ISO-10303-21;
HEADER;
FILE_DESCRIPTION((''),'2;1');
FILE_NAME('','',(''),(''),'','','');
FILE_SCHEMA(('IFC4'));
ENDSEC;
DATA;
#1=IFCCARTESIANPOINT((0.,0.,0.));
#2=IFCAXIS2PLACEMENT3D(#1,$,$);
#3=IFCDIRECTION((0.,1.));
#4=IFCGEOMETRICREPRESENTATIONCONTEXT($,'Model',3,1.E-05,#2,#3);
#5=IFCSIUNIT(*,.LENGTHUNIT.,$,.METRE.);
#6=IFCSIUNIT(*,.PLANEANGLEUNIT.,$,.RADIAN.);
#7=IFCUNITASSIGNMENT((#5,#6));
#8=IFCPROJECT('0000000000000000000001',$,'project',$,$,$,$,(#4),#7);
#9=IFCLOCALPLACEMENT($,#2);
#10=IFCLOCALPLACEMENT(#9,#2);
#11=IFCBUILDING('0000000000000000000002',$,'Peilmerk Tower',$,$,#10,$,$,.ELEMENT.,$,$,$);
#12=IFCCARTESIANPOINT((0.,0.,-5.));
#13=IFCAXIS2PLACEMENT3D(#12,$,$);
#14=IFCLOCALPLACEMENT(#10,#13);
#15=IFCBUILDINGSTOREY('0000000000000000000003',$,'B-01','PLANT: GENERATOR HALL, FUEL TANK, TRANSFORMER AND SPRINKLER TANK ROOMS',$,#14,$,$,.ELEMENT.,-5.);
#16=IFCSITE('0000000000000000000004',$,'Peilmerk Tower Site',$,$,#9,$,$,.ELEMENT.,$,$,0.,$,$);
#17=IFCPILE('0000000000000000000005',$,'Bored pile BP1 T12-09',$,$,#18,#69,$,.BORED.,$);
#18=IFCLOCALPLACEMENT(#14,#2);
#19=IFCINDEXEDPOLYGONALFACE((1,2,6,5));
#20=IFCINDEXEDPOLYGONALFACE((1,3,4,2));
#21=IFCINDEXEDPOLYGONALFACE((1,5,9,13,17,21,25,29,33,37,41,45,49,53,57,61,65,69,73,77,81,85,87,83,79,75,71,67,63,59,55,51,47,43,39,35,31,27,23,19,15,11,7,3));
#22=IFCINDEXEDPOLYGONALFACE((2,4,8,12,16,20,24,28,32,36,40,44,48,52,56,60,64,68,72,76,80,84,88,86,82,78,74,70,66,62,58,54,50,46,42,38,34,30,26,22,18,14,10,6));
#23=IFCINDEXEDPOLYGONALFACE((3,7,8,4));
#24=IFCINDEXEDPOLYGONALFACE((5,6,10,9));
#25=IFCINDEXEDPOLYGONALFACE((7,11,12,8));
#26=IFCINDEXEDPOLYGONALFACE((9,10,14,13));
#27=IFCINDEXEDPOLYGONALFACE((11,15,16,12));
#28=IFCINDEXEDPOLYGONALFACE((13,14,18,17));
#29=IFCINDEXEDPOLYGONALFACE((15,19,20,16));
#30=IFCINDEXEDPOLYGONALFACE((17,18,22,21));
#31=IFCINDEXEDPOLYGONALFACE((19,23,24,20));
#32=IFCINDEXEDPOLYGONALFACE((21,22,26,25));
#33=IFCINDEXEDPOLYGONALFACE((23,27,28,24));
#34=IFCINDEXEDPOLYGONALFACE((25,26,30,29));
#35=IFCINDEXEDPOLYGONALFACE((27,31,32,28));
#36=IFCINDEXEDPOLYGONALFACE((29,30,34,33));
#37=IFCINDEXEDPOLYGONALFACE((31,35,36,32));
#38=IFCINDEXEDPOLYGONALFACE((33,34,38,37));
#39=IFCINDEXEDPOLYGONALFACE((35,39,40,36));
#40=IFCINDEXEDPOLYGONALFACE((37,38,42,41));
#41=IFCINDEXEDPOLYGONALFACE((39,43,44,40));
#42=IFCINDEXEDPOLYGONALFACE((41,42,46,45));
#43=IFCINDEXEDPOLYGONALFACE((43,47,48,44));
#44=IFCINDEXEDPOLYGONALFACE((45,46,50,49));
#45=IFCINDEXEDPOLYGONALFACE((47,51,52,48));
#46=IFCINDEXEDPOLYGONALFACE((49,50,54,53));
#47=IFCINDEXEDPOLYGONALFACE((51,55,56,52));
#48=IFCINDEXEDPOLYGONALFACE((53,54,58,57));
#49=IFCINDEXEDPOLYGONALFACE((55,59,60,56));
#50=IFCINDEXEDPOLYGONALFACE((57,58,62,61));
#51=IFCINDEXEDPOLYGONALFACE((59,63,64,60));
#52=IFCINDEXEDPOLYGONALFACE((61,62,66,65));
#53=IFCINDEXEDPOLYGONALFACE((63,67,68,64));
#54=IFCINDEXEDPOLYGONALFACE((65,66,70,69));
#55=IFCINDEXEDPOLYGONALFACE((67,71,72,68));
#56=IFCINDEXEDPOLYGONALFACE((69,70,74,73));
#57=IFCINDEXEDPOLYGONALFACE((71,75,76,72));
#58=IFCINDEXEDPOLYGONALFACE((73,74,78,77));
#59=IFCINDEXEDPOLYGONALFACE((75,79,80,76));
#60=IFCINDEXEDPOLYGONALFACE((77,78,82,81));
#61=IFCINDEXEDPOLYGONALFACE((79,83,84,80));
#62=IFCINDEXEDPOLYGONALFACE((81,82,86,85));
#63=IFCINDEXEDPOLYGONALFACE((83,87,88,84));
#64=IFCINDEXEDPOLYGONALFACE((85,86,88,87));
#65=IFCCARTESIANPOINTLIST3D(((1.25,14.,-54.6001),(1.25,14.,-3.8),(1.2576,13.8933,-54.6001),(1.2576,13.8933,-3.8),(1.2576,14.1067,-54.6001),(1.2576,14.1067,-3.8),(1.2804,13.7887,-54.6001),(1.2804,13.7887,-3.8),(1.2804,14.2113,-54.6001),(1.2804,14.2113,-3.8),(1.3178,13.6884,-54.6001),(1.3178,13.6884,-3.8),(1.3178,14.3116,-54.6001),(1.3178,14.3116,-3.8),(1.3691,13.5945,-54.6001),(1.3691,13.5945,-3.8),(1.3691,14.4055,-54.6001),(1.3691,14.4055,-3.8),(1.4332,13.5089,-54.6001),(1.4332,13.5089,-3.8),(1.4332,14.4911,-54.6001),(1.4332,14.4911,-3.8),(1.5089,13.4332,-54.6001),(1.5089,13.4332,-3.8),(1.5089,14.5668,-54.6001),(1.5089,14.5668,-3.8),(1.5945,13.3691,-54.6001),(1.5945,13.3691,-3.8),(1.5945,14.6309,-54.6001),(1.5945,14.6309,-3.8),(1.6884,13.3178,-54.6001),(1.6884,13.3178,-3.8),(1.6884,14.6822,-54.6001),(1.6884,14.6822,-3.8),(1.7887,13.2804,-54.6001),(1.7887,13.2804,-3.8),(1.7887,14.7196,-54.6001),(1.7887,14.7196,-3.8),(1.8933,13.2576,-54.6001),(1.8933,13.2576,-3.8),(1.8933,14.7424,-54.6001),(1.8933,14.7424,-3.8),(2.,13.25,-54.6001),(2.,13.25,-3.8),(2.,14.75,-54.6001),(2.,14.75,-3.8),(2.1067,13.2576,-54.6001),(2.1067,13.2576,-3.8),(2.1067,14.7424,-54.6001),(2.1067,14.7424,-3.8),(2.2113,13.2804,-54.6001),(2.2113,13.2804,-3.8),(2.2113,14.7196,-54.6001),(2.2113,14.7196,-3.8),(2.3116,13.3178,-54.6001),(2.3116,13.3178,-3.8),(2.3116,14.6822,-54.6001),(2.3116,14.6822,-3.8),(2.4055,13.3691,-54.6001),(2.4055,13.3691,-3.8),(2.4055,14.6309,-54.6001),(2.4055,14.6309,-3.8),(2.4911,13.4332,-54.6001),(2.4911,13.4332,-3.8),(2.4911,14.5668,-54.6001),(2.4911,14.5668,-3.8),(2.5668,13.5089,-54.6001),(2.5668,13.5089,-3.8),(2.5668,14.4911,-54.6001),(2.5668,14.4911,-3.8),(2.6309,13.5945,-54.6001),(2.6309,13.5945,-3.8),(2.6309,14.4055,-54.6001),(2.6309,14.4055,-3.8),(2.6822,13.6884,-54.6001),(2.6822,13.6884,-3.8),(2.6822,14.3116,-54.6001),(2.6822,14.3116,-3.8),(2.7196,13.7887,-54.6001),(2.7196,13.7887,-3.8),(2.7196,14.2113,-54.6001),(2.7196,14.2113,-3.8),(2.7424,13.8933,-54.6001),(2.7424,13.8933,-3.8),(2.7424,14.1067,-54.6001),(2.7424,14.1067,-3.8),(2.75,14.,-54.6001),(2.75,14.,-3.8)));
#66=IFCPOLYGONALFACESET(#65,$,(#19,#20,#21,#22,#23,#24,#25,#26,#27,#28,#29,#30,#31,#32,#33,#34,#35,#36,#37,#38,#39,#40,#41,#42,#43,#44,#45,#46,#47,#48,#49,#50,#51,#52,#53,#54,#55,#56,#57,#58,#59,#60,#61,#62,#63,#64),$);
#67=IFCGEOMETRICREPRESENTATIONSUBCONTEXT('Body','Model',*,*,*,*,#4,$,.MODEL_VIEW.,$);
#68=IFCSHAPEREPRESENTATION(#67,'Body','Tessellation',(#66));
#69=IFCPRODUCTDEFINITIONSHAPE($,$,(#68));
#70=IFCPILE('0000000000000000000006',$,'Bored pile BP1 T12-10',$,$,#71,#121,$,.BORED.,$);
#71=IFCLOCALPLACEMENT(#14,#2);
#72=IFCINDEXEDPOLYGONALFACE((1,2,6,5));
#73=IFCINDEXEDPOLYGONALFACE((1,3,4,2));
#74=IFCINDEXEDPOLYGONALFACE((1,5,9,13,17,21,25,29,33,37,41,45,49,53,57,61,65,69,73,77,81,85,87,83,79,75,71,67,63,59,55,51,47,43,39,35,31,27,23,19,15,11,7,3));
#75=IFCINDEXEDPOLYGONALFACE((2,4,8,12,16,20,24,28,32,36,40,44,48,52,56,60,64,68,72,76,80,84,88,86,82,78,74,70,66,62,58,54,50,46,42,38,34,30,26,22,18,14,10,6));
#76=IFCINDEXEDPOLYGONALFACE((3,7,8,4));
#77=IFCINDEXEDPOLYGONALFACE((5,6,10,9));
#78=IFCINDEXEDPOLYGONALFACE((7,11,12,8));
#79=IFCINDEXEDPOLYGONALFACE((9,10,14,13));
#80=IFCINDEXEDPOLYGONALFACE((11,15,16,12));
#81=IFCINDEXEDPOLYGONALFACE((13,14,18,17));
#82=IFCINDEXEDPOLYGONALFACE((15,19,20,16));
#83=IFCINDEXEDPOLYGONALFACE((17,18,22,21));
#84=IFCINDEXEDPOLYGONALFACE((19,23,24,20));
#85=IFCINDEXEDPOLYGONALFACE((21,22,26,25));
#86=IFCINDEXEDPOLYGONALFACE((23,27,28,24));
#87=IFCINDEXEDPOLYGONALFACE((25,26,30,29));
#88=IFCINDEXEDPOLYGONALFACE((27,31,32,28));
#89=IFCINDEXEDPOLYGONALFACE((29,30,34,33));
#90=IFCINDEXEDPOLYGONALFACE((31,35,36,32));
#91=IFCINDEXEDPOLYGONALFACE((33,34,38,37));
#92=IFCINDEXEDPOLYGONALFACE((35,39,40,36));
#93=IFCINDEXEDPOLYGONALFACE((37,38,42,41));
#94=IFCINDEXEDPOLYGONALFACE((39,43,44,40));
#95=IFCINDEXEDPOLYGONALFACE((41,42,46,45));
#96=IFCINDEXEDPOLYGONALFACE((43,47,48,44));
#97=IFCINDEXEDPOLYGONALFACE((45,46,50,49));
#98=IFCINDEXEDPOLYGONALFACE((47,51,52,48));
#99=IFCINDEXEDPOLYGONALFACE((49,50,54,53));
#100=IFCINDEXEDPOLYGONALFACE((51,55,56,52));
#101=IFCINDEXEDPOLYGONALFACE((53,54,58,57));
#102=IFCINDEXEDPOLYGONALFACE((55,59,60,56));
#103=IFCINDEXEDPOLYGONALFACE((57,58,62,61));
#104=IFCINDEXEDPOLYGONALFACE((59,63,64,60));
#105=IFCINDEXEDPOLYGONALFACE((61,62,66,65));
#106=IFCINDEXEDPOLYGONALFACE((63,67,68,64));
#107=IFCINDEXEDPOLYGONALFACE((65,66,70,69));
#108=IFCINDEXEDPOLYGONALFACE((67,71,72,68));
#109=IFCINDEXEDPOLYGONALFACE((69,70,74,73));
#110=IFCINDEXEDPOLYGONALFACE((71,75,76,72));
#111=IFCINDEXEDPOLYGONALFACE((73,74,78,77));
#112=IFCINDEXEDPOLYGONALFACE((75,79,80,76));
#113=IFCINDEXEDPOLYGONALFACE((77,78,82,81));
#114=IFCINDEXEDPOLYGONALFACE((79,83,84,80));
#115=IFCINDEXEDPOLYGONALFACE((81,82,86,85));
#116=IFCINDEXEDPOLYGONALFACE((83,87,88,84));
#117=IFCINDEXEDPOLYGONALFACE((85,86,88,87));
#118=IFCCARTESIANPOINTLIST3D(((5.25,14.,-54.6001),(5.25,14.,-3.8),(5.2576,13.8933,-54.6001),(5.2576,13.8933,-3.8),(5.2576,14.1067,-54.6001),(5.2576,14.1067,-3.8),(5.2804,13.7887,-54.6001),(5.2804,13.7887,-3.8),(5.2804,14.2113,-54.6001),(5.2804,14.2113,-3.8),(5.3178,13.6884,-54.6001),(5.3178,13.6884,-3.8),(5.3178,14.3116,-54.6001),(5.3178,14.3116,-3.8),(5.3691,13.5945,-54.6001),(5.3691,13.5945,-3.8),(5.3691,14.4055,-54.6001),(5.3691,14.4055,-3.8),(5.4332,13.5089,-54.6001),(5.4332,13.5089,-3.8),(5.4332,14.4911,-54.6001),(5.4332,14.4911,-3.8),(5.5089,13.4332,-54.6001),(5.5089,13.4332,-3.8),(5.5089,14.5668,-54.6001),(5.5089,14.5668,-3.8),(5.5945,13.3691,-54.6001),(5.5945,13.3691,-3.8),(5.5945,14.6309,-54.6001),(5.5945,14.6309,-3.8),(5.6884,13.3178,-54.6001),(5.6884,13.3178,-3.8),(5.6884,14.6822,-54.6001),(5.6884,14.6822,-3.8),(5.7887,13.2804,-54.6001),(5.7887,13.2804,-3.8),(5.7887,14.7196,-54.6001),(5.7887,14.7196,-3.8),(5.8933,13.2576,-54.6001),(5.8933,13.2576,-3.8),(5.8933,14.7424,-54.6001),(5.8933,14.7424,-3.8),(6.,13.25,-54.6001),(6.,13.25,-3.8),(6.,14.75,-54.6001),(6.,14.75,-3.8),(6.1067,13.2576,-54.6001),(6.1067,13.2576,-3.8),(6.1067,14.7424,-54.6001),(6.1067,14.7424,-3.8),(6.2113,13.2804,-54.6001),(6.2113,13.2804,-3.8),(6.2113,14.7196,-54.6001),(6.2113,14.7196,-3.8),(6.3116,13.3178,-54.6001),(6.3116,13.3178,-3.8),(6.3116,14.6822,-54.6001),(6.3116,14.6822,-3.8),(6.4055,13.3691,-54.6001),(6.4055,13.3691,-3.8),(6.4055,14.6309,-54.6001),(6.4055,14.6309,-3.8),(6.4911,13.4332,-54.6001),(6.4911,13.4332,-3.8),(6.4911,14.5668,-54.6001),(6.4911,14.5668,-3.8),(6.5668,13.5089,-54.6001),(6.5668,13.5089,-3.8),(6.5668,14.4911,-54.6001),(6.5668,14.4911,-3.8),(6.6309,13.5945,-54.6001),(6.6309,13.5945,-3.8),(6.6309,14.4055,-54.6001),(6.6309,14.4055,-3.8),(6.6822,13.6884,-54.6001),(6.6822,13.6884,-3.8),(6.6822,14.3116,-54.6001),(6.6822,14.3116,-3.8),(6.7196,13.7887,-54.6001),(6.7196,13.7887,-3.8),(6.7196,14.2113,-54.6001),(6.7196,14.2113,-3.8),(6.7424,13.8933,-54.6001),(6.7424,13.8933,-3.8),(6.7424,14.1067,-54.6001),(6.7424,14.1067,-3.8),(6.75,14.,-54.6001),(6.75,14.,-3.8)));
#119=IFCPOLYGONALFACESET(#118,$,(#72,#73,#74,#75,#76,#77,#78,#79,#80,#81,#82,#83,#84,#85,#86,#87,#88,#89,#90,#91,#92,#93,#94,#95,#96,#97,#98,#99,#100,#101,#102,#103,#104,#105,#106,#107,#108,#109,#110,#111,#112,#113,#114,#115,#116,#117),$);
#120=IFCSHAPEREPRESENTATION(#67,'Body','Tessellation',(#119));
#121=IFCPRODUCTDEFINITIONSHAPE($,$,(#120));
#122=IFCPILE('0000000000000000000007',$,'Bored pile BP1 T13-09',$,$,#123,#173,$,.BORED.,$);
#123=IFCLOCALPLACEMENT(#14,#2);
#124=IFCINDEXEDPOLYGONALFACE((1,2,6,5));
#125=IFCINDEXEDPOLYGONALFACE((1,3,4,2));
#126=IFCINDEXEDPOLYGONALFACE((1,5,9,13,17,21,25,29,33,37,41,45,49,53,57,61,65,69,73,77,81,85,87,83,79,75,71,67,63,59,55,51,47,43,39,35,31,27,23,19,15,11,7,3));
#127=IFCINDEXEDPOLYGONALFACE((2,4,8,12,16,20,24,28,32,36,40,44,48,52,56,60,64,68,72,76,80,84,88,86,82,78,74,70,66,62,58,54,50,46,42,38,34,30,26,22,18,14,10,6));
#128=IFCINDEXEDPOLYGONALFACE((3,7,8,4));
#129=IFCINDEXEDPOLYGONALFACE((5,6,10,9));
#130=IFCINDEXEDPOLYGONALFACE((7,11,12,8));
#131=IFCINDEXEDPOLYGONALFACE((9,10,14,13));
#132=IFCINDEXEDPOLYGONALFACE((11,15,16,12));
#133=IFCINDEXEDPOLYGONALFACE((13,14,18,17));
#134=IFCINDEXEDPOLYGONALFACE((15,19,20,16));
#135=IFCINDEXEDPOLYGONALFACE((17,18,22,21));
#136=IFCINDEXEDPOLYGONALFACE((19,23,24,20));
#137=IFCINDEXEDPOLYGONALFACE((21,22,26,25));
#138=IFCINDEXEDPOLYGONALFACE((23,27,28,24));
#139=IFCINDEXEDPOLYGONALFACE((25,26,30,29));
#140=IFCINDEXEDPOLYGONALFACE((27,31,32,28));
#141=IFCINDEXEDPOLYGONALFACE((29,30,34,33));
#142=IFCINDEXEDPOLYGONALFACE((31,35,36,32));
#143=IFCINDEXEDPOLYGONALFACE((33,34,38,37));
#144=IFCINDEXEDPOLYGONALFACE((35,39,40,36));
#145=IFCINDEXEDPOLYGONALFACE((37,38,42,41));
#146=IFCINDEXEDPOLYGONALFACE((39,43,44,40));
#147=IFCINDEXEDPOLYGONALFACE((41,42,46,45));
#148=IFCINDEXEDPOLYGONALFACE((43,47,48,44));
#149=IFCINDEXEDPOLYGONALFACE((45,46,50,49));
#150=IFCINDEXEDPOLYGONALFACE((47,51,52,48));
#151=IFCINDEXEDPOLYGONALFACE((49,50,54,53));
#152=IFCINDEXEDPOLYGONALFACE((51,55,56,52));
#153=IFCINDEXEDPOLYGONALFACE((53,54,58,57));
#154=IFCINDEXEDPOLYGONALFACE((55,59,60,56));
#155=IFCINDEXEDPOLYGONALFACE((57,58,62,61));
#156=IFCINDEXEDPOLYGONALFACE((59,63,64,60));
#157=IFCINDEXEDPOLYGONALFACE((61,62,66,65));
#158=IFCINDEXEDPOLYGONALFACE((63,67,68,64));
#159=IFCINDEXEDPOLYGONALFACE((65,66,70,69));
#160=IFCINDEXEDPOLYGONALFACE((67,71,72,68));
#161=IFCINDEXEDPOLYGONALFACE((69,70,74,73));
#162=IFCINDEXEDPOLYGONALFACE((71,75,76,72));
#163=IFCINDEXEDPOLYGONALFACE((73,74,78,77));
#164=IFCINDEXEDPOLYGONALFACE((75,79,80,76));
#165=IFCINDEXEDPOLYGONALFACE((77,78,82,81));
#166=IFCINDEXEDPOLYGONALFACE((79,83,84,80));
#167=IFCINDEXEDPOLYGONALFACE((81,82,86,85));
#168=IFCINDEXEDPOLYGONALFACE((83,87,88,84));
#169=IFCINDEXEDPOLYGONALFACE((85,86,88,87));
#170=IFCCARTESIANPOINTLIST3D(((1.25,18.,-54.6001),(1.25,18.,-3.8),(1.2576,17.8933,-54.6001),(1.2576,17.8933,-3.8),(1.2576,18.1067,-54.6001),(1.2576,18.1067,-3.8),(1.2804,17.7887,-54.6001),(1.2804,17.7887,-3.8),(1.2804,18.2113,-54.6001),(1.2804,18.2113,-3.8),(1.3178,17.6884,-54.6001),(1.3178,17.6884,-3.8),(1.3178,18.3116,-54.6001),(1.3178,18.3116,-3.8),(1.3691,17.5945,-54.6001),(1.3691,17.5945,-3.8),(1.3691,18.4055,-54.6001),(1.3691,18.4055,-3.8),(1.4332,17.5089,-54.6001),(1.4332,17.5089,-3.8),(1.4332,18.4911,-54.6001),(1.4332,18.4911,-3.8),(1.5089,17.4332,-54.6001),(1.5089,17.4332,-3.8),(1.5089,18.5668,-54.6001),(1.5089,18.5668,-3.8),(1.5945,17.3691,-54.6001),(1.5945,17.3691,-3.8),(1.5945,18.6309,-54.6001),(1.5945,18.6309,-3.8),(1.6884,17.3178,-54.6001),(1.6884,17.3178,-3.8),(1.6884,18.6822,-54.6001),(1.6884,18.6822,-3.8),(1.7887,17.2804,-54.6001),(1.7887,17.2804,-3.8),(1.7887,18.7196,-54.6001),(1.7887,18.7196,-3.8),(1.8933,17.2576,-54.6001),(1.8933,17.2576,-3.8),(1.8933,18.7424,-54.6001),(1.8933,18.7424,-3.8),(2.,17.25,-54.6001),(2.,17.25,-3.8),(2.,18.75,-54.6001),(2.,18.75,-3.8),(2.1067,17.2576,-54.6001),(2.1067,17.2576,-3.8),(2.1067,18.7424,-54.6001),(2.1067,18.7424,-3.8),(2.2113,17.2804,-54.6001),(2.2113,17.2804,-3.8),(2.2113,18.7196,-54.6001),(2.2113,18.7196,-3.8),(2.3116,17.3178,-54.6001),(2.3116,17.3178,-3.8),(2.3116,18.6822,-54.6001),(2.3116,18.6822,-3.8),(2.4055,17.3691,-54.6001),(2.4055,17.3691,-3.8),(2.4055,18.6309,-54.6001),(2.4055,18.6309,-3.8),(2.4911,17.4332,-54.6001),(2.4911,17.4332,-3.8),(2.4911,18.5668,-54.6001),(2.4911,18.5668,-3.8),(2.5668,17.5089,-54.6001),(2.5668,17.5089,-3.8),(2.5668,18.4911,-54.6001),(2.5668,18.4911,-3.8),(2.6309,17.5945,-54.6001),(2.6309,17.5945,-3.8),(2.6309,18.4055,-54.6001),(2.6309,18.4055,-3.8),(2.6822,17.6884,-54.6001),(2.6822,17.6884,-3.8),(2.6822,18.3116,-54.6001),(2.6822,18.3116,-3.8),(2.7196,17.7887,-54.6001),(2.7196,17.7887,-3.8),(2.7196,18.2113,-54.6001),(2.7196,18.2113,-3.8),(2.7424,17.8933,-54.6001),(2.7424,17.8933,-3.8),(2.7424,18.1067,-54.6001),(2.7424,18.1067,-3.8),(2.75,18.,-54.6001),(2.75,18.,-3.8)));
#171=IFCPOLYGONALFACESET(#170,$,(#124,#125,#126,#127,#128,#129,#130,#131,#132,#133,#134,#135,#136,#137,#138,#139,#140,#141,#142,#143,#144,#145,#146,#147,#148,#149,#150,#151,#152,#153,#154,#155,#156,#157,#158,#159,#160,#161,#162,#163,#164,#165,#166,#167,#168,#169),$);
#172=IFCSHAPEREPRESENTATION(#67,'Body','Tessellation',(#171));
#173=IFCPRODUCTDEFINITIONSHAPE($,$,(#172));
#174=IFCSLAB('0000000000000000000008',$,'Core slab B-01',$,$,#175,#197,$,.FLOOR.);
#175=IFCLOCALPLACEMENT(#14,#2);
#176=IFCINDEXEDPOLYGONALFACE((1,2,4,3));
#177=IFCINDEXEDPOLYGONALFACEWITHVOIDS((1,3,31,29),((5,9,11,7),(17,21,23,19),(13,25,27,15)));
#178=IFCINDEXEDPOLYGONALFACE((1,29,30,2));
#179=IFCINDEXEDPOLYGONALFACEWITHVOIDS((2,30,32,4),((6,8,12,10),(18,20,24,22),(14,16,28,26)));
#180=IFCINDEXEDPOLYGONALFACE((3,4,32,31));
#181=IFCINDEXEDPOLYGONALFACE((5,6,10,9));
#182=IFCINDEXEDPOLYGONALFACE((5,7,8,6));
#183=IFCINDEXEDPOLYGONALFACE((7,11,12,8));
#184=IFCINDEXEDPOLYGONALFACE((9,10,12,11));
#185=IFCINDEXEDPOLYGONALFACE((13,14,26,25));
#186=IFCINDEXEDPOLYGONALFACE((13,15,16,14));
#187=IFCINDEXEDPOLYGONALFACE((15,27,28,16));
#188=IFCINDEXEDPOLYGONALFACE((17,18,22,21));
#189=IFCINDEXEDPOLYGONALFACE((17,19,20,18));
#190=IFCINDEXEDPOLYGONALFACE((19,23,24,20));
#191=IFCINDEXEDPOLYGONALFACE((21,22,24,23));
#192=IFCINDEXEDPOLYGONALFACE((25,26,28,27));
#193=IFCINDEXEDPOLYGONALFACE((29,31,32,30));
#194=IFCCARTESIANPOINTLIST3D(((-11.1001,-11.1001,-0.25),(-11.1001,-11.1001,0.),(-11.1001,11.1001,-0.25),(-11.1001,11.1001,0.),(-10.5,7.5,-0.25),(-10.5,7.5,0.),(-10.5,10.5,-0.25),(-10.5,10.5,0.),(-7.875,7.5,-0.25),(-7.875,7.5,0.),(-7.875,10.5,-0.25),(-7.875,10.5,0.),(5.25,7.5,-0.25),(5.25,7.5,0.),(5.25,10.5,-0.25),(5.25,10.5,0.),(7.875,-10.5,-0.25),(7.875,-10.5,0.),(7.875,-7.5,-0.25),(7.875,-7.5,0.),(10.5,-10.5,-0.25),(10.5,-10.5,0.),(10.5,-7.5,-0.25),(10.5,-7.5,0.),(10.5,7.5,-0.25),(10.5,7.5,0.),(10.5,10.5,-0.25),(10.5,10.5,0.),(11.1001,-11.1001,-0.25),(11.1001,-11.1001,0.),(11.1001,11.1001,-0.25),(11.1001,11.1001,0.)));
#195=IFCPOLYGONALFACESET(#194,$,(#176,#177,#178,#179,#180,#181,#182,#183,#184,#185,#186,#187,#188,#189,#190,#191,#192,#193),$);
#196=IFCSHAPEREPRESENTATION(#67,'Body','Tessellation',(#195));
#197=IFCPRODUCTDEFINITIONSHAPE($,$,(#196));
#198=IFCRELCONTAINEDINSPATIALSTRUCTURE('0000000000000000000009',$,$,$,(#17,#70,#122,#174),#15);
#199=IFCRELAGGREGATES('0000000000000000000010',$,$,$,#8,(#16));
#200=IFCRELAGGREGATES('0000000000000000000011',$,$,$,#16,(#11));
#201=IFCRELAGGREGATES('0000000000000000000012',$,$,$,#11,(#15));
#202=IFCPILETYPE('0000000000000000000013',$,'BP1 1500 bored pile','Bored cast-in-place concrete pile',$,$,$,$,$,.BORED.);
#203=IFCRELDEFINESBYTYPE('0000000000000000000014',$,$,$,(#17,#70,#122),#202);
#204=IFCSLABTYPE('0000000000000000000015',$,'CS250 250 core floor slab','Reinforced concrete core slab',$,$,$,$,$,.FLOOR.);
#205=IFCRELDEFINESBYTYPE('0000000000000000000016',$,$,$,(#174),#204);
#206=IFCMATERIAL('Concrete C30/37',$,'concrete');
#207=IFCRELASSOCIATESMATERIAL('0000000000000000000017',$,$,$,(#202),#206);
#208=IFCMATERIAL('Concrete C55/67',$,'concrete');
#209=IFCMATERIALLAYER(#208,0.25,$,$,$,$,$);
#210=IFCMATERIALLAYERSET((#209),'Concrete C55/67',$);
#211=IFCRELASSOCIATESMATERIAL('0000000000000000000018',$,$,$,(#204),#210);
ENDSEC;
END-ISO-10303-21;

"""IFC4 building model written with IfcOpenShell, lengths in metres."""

from ifc_helpers import new_model, si_unit, direction, frame, origin, origin_2d, place, context, subcontext, project, spatial, polyline, circle, outline, extrude, material, layer, layer_set, material_profile, profile_set, type_object, element, save


model = new_model("IFC4")

# Units and contexts
model_context = context("Model", 3, precision=1e-05, world=origin(), true_north=direction((0.0, 1.0)))
body_context = subcontext(model_context, "Body", "Model", "MODEL_VIEW")
ifc_project = project(units=[si_unit("LENGTHUNIT", "METRE"), si_unit("PLANEANGLEUNIT", "RADIAN")], contexts=[model_context])

# Site, building, storey
site_placement = place(None, origin())
site = spatial("IfcSite", under=ifc_project, at=site_placement, Name="Peilmerk Tower Site", CompositionType="ELEMENT", RefElevation=0.0)
building_placement = place(site_placement, origin())
building = spatial("IfcBuilding", under=site, at=building_placement, Name="Peilmerk Tower", CompositionType="ELEMENT")
storey_placement = place(building_placement, frame((0.0, 0.0, -5.0)))
storey = spatial("IfcBuildingStorey", under=building, at=storey_placement, Name="B-01", Description="PLANT: GENERATOR HALL, FUEL TANK, TRANSFORMER AND SPRINKLER TANK ROOMS", CompositionType="ELEMENT", Elevation=-5.0)

# Piles
ifc_material_1 = material(Name="Concrete C30/37", Category="concrete")
ifc_material_profile = material_profile(ifc_material_1, circle(Radius=0.75, at=origin_2d()), Name="BP 1500")
ifc_profile_set = profile_set([ifc_material_profile], Name="Concrete C30/37")
pile_type = type_object("IfcPileType", Name="BP1 1500 bored pile", Description="Bored cast-in-place concrete pile", PredefinedType="BORED", material=ifc_profile_set)
for number, where, z_axis, x_axis, name in (
    (1, (2.0, 14.0, -3.8), (0.0, 0.0, -1.0), (1.0, 0.0, 0.0), "Bored pile BP1 T12-09"),
    (2, (6.0, 14.0, -3.8), (0.0, 0.0, -1.0), (1.0, 0.0, 0.0), "Bored pile BP1 T12-10"),
    (3, (2.0, 18.0, -3.8), (0.0, 0.0, -1.0), (1.0, 0.0, 0.0), "Bored pile BP1 T13-09"),
):
    element("IfcPile", number, at=place(storey_placement, frame(where, z_axis=z_axis, x_axis=x_axis)), inside=storey, type_object=pile_type, Name=name, PredefinedType="BORED", context=body_context, shape_type="SweptSolid", body=[
        extrude(circle(Radius=0.75, at=origin_2d()), origin(), (0.0, 0.0, 1.0), 50.8),
    ])

# Slab
ifc_material_2 = material(Name="Concrete C55/67", Category="concrete")
ifc_layer_1 = layer(ifc_material_2, 0.25)
ifc_layer_set_1 = layer_set([ifc_layer_1], Name="Concrete C55/67")
slab_type_1 = type_object("IfcSlabType", Name="CS250 250 core floor slab", Description="Reinforced concrete core slab", PredefinedType="FLOOR", material=ifc_layer_set_1)
slab_1_placement = place(storey_placement, frame((0.0, 0.0, -0.25)))
element("IfcSlab", 4, at=slab_1_placement, inside=storey, type_object=slab_type_1, Name="Core slab B-01", PredefinedType="FLOOR", context=body_context, shape_type="SweptSolid", body=[
    extrude(outline(polyline([(11.1001, 11.1001), (-11.1001, 11.1001), (-11.1001, -11.1001), (11.1001, -11.1001), (11.1001, 11.1001)]), holes=[polyline([(-10.5, 7.5), (-10.5, 10.5), (-7.875, 10.5), (-7.875, 7.5), (-10.5, 7.5)]), polyline([(5.25, 10.5), (10.5, 10.5), (10.5, 7.5), (5.25, 7.5), (5.25, 10.5)]), polyline([(10.5, -7.5), (10.5, -10.5), (7.875, -10.5), (7.875, -7.5), (10.5, -7.5)])]), origin(), (0.0, 0.0, 1.0), 0.25),
])

save(model, "model.ifc")
